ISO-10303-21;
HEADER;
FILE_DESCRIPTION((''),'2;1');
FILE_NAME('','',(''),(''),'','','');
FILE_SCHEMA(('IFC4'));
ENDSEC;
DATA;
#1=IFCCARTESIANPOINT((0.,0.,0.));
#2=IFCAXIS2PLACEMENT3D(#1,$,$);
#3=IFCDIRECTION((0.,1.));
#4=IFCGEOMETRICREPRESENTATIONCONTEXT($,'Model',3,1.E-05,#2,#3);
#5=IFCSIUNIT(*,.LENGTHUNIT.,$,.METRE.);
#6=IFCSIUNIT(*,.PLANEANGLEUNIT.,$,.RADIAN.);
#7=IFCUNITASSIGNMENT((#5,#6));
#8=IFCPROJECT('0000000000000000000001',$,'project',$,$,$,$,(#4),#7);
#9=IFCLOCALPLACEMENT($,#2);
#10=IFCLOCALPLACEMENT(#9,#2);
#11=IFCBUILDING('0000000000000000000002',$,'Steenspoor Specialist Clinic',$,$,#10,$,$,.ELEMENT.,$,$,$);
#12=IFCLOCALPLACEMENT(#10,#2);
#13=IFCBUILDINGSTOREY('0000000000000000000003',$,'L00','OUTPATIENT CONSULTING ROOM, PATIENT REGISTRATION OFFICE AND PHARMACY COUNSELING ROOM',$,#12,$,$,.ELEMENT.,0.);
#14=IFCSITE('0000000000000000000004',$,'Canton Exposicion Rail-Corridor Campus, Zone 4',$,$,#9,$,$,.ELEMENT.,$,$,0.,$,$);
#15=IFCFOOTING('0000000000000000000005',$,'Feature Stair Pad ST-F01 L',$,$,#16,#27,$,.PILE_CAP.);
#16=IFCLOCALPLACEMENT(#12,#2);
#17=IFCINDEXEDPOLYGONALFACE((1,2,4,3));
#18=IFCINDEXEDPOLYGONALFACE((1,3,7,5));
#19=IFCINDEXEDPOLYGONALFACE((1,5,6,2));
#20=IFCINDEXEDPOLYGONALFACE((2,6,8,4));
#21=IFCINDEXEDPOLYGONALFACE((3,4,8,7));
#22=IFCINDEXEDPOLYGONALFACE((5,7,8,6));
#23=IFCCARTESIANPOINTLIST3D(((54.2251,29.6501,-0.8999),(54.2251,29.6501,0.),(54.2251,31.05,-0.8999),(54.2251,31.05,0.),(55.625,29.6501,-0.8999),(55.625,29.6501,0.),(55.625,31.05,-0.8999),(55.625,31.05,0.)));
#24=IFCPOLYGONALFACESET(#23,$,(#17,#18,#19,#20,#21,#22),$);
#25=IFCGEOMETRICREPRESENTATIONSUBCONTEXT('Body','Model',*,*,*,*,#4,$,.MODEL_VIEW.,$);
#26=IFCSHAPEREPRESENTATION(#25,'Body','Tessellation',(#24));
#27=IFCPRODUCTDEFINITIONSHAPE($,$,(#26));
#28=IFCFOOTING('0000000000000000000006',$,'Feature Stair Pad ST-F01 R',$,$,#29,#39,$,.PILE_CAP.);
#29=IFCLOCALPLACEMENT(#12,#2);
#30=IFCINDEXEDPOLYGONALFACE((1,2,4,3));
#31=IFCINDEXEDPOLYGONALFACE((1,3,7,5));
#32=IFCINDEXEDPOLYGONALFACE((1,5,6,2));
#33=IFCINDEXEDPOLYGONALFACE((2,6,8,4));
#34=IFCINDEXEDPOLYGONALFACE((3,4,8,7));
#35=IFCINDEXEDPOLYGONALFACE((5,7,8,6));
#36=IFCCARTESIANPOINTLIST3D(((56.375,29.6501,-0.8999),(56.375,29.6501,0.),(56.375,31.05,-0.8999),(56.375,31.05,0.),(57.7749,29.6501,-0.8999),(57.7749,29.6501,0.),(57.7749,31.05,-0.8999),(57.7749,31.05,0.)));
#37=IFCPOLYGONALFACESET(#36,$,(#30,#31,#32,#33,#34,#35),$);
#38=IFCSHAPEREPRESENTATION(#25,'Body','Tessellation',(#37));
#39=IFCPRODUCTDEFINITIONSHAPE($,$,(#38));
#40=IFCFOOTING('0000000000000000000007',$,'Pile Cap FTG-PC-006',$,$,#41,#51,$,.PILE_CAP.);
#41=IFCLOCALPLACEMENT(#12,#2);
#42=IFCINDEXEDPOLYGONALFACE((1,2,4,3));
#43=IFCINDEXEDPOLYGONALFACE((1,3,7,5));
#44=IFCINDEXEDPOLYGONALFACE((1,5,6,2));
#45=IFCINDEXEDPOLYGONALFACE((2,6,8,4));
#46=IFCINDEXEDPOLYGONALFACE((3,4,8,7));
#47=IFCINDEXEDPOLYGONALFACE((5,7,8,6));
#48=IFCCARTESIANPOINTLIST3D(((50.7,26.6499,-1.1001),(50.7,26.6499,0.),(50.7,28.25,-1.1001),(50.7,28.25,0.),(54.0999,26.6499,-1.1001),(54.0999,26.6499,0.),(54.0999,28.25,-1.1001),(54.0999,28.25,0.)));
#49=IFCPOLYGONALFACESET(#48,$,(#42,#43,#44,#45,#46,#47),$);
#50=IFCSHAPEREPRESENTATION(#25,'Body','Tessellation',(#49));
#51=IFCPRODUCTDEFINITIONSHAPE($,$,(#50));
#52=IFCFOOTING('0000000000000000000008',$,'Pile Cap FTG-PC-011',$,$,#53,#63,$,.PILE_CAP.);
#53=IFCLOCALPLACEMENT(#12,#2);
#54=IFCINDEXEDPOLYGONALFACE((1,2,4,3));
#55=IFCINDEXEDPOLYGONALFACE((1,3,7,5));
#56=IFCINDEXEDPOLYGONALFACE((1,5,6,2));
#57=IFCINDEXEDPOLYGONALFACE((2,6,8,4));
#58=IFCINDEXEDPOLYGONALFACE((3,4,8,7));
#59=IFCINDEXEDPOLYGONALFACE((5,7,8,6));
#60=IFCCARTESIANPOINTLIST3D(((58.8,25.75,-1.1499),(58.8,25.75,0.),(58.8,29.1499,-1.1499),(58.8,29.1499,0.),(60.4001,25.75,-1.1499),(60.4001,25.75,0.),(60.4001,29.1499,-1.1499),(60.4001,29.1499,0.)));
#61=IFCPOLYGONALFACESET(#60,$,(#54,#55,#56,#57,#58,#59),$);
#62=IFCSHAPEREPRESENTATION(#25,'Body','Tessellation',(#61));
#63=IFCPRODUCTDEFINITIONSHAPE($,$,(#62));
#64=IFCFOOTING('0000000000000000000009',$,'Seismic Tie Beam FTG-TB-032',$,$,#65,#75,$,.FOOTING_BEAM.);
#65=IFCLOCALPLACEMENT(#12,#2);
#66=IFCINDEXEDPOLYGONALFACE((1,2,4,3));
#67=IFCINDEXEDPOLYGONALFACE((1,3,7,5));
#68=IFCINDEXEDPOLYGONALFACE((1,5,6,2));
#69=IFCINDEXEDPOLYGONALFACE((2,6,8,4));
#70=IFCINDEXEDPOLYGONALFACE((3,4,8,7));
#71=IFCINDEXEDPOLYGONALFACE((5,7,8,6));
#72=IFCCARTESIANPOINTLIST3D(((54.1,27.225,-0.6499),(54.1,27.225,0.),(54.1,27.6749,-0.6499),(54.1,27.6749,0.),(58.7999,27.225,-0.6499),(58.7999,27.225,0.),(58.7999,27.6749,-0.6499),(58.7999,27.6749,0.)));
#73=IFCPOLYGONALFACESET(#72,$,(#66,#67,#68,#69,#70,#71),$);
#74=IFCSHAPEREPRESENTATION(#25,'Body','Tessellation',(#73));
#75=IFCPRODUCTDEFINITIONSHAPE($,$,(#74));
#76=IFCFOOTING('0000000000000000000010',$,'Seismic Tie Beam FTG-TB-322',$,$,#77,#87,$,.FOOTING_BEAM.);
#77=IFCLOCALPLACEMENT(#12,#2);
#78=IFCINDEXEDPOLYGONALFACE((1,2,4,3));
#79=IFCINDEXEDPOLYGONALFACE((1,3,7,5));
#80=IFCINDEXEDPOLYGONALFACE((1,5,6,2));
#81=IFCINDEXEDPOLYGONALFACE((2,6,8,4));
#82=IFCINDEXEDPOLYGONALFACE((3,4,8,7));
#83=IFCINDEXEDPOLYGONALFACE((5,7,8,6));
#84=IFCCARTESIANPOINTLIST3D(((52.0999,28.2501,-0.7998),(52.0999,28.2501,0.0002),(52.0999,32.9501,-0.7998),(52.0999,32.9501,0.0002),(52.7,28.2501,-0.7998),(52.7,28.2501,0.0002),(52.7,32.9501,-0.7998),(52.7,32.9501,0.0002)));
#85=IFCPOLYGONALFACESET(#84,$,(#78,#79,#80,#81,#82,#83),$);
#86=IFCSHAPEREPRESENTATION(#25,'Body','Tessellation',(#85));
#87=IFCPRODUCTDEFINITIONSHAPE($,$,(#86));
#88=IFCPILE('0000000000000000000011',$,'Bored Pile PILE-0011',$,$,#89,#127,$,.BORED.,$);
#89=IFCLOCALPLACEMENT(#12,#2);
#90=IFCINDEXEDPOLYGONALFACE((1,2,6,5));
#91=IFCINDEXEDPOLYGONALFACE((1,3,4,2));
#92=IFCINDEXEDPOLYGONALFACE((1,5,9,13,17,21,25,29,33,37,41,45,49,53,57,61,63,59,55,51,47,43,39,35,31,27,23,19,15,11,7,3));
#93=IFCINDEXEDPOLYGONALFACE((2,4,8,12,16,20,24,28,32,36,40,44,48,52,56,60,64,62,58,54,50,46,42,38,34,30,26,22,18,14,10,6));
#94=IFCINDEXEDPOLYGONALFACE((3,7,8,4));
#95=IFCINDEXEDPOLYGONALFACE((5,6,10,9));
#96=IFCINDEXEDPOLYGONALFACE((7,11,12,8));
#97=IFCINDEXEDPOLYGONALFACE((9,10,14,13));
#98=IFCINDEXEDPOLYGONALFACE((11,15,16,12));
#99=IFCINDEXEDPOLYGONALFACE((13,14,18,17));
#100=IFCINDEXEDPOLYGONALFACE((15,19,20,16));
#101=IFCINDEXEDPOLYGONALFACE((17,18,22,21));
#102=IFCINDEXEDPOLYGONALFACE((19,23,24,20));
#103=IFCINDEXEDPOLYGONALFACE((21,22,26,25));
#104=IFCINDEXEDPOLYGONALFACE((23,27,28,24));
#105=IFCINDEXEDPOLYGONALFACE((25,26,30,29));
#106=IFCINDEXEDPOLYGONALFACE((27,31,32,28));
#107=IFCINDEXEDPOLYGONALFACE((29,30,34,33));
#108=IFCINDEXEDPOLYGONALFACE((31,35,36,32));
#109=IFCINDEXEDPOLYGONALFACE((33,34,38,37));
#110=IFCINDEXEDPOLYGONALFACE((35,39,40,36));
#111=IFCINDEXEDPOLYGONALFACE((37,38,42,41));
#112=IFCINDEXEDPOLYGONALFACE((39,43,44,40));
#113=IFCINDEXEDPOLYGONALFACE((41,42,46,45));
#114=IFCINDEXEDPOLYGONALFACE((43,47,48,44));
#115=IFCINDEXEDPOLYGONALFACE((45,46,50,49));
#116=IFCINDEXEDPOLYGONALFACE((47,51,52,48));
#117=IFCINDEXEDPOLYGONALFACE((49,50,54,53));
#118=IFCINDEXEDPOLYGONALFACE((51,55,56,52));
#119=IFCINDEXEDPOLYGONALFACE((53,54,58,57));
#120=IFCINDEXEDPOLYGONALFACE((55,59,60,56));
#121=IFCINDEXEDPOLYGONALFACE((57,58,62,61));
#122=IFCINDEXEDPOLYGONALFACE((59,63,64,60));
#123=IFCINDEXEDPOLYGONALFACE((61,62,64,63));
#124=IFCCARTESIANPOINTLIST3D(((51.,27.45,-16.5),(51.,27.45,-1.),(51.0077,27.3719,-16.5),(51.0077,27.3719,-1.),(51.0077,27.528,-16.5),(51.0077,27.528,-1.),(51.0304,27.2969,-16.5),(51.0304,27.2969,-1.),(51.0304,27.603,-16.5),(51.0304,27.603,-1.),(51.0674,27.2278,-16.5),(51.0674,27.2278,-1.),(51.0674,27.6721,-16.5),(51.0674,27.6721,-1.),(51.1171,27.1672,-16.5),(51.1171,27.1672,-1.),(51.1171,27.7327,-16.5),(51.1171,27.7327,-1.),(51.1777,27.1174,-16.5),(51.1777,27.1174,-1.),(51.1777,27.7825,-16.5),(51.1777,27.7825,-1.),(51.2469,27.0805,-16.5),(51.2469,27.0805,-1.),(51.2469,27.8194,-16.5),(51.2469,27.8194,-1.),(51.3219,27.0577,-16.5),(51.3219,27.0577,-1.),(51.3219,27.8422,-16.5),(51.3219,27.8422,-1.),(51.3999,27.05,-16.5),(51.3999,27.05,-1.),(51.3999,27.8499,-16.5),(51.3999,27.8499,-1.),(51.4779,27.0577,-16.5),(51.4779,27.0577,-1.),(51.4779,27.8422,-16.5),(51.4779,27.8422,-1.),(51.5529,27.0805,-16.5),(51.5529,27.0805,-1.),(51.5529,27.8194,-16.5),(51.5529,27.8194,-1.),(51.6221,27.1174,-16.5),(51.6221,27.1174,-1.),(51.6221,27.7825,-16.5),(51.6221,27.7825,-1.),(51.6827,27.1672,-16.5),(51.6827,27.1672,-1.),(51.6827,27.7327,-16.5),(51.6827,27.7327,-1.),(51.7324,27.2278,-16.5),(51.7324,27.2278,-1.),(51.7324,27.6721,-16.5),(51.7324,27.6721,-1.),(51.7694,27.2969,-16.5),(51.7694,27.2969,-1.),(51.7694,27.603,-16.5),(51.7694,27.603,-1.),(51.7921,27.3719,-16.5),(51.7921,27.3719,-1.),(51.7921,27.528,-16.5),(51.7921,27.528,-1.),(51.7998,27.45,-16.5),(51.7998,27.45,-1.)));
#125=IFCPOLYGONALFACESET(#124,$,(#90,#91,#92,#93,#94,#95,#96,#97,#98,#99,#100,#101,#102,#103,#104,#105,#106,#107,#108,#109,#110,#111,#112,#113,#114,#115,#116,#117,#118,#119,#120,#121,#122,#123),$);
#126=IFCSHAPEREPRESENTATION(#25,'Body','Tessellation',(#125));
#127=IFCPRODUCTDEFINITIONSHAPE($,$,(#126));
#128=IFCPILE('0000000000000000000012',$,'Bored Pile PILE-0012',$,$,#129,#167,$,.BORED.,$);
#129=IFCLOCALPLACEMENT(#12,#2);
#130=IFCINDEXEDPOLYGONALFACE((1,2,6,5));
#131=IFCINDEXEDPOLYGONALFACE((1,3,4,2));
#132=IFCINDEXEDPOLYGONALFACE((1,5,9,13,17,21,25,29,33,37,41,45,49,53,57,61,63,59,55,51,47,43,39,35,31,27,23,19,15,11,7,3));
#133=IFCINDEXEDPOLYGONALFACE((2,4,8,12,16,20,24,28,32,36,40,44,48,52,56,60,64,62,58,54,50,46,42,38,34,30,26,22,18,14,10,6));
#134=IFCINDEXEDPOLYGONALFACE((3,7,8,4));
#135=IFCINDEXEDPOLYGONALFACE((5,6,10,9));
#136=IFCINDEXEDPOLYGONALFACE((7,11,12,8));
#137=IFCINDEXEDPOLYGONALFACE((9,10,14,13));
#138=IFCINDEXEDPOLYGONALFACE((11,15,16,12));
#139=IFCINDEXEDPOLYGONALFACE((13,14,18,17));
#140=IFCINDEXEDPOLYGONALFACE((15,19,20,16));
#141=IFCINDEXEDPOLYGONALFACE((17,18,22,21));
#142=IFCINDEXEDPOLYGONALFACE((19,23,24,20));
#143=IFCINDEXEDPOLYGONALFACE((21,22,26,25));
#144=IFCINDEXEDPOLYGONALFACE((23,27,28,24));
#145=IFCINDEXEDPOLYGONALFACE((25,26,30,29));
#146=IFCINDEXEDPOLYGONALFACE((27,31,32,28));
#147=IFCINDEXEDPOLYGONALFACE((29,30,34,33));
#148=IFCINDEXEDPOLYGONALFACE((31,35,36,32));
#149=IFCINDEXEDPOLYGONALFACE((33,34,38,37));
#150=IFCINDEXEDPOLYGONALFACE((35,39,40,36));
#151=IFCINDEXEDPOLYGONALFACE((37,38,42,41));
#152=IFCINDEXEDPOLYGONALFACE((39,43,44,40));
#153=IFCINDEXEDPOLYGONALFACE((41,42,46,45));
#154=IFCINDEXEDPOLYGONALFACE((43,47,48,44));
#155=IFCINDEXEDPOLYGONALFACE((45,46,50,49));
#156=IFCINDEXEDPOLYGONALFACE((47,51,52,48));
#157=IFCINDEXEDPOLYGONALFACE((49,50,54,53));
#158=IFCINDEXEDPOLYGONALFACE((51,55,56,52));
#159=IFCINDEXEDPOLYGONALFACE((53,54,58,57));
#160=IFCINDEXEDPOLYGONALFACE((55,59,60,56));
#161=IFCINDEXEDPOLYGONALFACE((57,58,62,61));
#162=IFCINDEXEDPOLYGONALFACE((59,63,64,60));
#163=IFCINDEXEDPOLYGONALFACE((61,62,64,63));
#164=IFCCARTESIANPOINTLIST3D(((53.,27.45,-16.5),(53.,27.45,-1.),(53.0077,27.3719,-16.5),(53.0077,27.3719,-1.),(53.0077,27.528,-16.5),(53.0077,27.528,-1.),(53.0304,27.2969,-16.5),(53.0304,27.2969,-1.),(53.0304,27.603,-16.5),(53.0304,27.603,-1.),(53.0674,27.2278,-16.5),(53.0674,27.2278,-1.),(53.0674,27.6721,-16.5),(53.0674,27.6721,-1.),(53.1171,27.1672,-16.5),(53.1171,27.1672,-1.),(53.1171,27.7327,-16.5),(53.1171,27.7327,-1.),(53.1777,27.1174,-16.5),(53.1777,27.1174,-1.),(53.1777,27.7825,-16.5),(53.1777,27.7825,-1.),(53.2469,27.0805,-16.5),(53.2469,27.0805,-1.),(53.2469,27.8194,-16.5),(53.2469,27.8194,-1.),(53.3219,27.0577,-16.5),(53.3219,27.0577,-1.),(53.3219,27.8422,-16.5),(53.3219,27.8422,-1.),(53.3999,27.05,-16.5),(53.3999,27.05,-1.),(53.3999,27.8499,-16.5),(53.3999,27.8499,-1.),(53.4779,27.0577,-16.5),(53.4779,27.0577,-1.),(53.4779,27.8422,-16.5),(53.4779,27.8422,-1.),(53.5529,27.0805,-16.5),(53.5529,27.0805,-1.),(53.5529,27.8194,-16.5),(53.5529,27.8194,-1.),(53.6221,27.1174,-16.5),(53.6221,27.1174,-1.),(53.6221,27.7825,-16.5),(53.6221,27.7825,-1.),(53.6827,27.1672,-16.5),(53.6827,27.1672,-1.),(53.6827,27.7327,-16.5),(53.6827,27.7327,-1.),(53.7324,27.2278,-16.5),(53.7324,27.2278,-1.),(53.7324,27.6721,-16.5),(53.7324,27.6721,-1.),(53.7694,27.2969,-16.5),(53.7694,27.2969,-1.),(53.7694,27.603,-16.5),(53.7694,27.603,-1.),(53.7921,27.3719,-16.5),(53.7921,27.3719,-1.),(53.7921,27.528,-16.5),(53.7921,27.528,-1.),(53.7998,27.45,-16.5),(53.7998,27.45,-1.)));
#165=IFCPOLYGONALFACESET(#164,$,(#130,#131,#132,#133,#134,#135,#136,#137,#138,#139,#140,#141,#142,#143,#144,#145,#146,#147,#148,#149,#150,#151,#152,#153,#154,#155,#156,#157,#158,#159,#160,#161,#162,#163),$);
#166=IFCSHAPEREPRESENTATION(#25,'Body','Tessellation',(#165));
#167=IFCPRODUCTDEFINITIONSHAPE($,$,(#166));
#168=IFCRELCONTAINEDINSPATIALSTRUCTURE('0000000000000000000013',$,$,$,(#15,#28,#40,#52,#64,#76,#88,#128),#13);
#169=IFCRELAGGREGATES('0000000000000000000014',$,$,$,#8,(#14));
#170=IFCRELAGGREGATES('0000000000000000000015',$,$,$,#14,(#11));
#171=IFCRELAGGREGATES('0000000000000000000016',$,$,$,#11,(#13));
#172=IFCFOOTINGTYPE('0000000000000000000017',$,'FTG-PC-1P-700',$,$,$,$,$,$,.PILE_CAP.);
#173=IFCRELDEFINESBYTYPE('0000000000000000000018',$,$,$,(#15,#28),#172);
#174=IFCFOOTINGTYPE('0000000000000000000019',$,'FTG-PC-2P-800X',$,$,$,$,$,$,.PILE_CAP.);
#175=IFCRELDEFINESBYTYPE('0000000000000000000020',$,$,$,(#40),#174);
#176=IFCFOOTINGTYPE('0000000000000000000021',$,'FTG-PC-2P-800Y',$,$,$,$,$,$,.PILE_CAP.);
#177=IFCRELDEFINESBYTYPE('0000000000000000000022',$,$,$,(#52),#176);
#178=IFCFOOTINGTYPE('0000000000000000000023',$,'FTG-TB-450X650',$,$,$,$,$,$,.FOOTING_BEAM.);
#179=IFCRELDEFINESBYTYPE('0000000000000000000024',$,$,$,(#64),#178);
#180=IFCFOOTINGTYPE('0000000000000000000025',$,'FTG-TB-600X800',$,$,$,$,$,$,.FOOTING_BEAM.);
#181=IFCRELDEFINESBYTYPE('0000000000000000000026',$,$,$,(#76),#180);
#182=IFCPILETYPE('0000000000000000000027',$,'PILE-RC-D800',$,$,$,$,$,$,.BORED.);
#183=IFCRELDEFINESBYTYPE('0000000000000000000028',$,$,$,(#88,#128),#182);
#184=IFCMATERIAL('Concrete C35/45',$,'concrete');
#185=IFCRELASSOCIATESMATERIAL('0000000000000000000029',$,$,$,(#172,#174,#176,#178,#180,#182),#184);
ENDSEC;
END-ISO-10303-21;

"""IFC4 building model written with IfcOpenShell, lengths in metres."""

from ifc_helpers import new_model, si_unit, direction, frame, origin, origin_2d, place, context, subcontext, project, spatial, rectangle, circle, extrude, material, material_profile, profile_set, type_object, element, save


model = new_model("IFC4")

# Units and contexts
model_context = context("Model", 3, precision=1e-05, world=origin(), true_north=direction((0.0, 1.0)))
body_context = subcontext(model_context, "Body", "Model", "MODEL_VIEW")
ifc_project = project(units=[si_unit("LENGTHUNIT", "METRE"), si_unit("PLANEANGLEUNIT", "RADIAN")], contexts=[model_context])

# Site, building, storey
site_placement = place(None, origin())
site = spatial("IfcSite", under=ifc_project, at=site_placement, Name="Canton Exposicion Rail-Corridor Campus, Zone 4", CompositionType="ELEMENT", RefElevation=0.0)
building_placement = place(site_placement, origin())
building = spatial("IfcBuilding", under=site, at=building_placement, Name="Steenspoor Specialist Clinic", CompositionType="ELEMENT")
storey_placement = place(building_placement, origin())
storey = spatial("IfcBuildingStorey", under=building, at=storey_placement, Name="L00", Description="OUTPATIENT CONSULTING ROOM, PATIENT REGISTRATION OFFICE AND PHARMACY COUNSELING ROOM", CompositionType="ELEMENT", Elevation=0.0)

# Footings
ifc_material_1 = material(Name="Concrete C35/45", Category="concrete")
footing_type_1 = type_object("IfcFootingType", Name="FTG-PC-1P-700", PredefinedType="PILE_CAP", material=ifc_material_1)
for number, where, z_axis, x_axis, name in (
    (1, (54.925, 30.3501, -0.8999), (0.0, 0.0, 1.0), (1.0, 0.0, 0.0), "Feature Stair Pad ST-F01 L"),
    (2, (57.075, 30.3501, -0.8999), (0.0, 0.0, 1.0), (1.0, 0.0, 0.0), "Feature Stair Pad ST-F01 R"),
):
    element("IfcFooting", number, at=place(storey_placement, frame(where, z_axis=z_axis, x_axis=x_axis)), inside=storey, type_object=footing_type_1, Name=name, PredefinedType="PILE_CAP", context=body_context, shape_type="SweptSolid", body=[
        extrude(rectangle(XDim=1.3999, YDim=1.3999, at=origin_2d()), origin(), (0.0, 0.0, 1.0), 0.8999),
    ])
footing_type_2 = type_object("IfcFootingType", Name="FTG-PC-2P-800X", PredefinedType="PILE_CAP", material=ifc_material_1)
footing_1_placement = place(storey_placement, frame((52.3999, 27.45, -1.1001), z_axis=(0.0, 0.0, 1.0), x_axis=(1.0, 0.0, 0.0)))
element("IfcFooting", 3, at=footing_1_placement, inside=storey, type_object=footing_type_2, Name="Pile Cap FTG-PC-006", PredefinedType="PILE_CAP", context=body_context, shape_type="SweptSolid", body=[
    extrude(rectangle(XDim=3.3999, YDim=1.6001, at=origin_2d()), origin(), (0.0, 0.0, 1.0), 1.1001),
])
footing_type_3 = type_object("IfcFootingType", Name="FTG-PC-2P-800Y", PredefinedType="PILE_CAP", material=ifc_material_1)
footing_2_placement = place(storey_placement, frame((59.6001, 27.45, -1.1499), z_axis=(0.0, 0.0, 1.0), x_axis=(1.0, 0.0, 0.0)))
element("IfcFooting", 4, at=footing_2_placement, inside=storey, type_object=footing_type_3, Name="Pile Cap FTG-PC-011", PredefinedType="PILE_CAP", context=body_context, shape_type="SweptSolid", body=[
    extrude(rectangle(XDim=1.6001, YDim=3.3999, at=origin_2d()), origin(), (0.0, 0.0, 1.0), 1.1499),
])
footing_type_4 = type_object("IfcFootingType", Name="FTG-TB-450X650", PredefinedType="FOOTING_BEAM", material=ifc_material_1)
footing_3_placement = place(storey_placement, frame((56.45, 27.45, -0.6499), z_axis=(0.0, 0.0, 1.0), x_axis=(1.0, 0.0, 0.0)))
element("IfcFooting", 5, at=footing_3_placement, inside=storey, type_object=footing_type_4, Name="Seismic Tie Beam FTG-TB-032", PredefinedType="FOOTING_BEAM", context=body_context, shape_type="SweptSolid", body=[
    extrude(rectangle(XDim=4.7, YDim=0.45, at=origin_2d()), origin(), (0.0, 0.0, 1.0), 0.6499),
])
footing_type_5 = type_object("IfcFootingType", Name="FTG-TB-600X800", PredefinedType="FOOTING_BEAM", material=ifc_material_1)
footing_4_placement = place(storey_placement, frame((52.3999, 30.6001, -0.7998), z_axis=(0.0, 0.0, 1.0), x_axis=(1.0, 0.0, 0.0)))
element("IfcFooting", 6, at=footing_4_placement, inside=storey, type_object=footing_type_5, Name="Seismic Tie Beam FTG-TB-322", PredefinedType="FOOTING_BEAM", context=body_context, shape_type="SweptSolid", body=[
    extrude(rectangle(XDim=0.6001, YDim=4.7, at=origin_2d()), origin(), (0.0, 0.0, 1.0), 0.8),
])

# Piles
ifc_material_profile_1 = material_profile(ifc_material_1, circle(Radius=0.3999, at=origin_2d()), Name="PILE-D800")
ifc_profile_set_1 = profile_set([ifc_material_profile_1], Name="Concrete C35/45")
pile_type = type_object("IfcPileType", Name="PILE-RC-D800", PredefinedType="BORED", material=ifc_profile_set_1)
for number, where, z_axis, x_axis, name in (
    (7, (51.3999, 27.45, -1.0), (0.0, 0.0, -1.0), (1.0, 0.0, 0.0), "Bored Pile PILE-0011"),
    (8, (53.3999, 27.45, -1.0), (0.0, 0.0, -1.0), (1.0, 0.0, 0.0), "Bored Pile PILE-0012"),
):
    element("IfcPile", number, at=place(storey_placement, frame(where, z_axis=z_axis, x_axis=x_axis)), inside=storey, type_object=pile_type, Name=name, PredefinedType="BORED", context=body_context, shape_type="SweptSolid", body=[
        extrude(circle(Radius=0.3999, at=origin_2d()), origin(), (0.0, 0.0, 1.0), 15.5),
    ])

save(model, "model.ifc")
